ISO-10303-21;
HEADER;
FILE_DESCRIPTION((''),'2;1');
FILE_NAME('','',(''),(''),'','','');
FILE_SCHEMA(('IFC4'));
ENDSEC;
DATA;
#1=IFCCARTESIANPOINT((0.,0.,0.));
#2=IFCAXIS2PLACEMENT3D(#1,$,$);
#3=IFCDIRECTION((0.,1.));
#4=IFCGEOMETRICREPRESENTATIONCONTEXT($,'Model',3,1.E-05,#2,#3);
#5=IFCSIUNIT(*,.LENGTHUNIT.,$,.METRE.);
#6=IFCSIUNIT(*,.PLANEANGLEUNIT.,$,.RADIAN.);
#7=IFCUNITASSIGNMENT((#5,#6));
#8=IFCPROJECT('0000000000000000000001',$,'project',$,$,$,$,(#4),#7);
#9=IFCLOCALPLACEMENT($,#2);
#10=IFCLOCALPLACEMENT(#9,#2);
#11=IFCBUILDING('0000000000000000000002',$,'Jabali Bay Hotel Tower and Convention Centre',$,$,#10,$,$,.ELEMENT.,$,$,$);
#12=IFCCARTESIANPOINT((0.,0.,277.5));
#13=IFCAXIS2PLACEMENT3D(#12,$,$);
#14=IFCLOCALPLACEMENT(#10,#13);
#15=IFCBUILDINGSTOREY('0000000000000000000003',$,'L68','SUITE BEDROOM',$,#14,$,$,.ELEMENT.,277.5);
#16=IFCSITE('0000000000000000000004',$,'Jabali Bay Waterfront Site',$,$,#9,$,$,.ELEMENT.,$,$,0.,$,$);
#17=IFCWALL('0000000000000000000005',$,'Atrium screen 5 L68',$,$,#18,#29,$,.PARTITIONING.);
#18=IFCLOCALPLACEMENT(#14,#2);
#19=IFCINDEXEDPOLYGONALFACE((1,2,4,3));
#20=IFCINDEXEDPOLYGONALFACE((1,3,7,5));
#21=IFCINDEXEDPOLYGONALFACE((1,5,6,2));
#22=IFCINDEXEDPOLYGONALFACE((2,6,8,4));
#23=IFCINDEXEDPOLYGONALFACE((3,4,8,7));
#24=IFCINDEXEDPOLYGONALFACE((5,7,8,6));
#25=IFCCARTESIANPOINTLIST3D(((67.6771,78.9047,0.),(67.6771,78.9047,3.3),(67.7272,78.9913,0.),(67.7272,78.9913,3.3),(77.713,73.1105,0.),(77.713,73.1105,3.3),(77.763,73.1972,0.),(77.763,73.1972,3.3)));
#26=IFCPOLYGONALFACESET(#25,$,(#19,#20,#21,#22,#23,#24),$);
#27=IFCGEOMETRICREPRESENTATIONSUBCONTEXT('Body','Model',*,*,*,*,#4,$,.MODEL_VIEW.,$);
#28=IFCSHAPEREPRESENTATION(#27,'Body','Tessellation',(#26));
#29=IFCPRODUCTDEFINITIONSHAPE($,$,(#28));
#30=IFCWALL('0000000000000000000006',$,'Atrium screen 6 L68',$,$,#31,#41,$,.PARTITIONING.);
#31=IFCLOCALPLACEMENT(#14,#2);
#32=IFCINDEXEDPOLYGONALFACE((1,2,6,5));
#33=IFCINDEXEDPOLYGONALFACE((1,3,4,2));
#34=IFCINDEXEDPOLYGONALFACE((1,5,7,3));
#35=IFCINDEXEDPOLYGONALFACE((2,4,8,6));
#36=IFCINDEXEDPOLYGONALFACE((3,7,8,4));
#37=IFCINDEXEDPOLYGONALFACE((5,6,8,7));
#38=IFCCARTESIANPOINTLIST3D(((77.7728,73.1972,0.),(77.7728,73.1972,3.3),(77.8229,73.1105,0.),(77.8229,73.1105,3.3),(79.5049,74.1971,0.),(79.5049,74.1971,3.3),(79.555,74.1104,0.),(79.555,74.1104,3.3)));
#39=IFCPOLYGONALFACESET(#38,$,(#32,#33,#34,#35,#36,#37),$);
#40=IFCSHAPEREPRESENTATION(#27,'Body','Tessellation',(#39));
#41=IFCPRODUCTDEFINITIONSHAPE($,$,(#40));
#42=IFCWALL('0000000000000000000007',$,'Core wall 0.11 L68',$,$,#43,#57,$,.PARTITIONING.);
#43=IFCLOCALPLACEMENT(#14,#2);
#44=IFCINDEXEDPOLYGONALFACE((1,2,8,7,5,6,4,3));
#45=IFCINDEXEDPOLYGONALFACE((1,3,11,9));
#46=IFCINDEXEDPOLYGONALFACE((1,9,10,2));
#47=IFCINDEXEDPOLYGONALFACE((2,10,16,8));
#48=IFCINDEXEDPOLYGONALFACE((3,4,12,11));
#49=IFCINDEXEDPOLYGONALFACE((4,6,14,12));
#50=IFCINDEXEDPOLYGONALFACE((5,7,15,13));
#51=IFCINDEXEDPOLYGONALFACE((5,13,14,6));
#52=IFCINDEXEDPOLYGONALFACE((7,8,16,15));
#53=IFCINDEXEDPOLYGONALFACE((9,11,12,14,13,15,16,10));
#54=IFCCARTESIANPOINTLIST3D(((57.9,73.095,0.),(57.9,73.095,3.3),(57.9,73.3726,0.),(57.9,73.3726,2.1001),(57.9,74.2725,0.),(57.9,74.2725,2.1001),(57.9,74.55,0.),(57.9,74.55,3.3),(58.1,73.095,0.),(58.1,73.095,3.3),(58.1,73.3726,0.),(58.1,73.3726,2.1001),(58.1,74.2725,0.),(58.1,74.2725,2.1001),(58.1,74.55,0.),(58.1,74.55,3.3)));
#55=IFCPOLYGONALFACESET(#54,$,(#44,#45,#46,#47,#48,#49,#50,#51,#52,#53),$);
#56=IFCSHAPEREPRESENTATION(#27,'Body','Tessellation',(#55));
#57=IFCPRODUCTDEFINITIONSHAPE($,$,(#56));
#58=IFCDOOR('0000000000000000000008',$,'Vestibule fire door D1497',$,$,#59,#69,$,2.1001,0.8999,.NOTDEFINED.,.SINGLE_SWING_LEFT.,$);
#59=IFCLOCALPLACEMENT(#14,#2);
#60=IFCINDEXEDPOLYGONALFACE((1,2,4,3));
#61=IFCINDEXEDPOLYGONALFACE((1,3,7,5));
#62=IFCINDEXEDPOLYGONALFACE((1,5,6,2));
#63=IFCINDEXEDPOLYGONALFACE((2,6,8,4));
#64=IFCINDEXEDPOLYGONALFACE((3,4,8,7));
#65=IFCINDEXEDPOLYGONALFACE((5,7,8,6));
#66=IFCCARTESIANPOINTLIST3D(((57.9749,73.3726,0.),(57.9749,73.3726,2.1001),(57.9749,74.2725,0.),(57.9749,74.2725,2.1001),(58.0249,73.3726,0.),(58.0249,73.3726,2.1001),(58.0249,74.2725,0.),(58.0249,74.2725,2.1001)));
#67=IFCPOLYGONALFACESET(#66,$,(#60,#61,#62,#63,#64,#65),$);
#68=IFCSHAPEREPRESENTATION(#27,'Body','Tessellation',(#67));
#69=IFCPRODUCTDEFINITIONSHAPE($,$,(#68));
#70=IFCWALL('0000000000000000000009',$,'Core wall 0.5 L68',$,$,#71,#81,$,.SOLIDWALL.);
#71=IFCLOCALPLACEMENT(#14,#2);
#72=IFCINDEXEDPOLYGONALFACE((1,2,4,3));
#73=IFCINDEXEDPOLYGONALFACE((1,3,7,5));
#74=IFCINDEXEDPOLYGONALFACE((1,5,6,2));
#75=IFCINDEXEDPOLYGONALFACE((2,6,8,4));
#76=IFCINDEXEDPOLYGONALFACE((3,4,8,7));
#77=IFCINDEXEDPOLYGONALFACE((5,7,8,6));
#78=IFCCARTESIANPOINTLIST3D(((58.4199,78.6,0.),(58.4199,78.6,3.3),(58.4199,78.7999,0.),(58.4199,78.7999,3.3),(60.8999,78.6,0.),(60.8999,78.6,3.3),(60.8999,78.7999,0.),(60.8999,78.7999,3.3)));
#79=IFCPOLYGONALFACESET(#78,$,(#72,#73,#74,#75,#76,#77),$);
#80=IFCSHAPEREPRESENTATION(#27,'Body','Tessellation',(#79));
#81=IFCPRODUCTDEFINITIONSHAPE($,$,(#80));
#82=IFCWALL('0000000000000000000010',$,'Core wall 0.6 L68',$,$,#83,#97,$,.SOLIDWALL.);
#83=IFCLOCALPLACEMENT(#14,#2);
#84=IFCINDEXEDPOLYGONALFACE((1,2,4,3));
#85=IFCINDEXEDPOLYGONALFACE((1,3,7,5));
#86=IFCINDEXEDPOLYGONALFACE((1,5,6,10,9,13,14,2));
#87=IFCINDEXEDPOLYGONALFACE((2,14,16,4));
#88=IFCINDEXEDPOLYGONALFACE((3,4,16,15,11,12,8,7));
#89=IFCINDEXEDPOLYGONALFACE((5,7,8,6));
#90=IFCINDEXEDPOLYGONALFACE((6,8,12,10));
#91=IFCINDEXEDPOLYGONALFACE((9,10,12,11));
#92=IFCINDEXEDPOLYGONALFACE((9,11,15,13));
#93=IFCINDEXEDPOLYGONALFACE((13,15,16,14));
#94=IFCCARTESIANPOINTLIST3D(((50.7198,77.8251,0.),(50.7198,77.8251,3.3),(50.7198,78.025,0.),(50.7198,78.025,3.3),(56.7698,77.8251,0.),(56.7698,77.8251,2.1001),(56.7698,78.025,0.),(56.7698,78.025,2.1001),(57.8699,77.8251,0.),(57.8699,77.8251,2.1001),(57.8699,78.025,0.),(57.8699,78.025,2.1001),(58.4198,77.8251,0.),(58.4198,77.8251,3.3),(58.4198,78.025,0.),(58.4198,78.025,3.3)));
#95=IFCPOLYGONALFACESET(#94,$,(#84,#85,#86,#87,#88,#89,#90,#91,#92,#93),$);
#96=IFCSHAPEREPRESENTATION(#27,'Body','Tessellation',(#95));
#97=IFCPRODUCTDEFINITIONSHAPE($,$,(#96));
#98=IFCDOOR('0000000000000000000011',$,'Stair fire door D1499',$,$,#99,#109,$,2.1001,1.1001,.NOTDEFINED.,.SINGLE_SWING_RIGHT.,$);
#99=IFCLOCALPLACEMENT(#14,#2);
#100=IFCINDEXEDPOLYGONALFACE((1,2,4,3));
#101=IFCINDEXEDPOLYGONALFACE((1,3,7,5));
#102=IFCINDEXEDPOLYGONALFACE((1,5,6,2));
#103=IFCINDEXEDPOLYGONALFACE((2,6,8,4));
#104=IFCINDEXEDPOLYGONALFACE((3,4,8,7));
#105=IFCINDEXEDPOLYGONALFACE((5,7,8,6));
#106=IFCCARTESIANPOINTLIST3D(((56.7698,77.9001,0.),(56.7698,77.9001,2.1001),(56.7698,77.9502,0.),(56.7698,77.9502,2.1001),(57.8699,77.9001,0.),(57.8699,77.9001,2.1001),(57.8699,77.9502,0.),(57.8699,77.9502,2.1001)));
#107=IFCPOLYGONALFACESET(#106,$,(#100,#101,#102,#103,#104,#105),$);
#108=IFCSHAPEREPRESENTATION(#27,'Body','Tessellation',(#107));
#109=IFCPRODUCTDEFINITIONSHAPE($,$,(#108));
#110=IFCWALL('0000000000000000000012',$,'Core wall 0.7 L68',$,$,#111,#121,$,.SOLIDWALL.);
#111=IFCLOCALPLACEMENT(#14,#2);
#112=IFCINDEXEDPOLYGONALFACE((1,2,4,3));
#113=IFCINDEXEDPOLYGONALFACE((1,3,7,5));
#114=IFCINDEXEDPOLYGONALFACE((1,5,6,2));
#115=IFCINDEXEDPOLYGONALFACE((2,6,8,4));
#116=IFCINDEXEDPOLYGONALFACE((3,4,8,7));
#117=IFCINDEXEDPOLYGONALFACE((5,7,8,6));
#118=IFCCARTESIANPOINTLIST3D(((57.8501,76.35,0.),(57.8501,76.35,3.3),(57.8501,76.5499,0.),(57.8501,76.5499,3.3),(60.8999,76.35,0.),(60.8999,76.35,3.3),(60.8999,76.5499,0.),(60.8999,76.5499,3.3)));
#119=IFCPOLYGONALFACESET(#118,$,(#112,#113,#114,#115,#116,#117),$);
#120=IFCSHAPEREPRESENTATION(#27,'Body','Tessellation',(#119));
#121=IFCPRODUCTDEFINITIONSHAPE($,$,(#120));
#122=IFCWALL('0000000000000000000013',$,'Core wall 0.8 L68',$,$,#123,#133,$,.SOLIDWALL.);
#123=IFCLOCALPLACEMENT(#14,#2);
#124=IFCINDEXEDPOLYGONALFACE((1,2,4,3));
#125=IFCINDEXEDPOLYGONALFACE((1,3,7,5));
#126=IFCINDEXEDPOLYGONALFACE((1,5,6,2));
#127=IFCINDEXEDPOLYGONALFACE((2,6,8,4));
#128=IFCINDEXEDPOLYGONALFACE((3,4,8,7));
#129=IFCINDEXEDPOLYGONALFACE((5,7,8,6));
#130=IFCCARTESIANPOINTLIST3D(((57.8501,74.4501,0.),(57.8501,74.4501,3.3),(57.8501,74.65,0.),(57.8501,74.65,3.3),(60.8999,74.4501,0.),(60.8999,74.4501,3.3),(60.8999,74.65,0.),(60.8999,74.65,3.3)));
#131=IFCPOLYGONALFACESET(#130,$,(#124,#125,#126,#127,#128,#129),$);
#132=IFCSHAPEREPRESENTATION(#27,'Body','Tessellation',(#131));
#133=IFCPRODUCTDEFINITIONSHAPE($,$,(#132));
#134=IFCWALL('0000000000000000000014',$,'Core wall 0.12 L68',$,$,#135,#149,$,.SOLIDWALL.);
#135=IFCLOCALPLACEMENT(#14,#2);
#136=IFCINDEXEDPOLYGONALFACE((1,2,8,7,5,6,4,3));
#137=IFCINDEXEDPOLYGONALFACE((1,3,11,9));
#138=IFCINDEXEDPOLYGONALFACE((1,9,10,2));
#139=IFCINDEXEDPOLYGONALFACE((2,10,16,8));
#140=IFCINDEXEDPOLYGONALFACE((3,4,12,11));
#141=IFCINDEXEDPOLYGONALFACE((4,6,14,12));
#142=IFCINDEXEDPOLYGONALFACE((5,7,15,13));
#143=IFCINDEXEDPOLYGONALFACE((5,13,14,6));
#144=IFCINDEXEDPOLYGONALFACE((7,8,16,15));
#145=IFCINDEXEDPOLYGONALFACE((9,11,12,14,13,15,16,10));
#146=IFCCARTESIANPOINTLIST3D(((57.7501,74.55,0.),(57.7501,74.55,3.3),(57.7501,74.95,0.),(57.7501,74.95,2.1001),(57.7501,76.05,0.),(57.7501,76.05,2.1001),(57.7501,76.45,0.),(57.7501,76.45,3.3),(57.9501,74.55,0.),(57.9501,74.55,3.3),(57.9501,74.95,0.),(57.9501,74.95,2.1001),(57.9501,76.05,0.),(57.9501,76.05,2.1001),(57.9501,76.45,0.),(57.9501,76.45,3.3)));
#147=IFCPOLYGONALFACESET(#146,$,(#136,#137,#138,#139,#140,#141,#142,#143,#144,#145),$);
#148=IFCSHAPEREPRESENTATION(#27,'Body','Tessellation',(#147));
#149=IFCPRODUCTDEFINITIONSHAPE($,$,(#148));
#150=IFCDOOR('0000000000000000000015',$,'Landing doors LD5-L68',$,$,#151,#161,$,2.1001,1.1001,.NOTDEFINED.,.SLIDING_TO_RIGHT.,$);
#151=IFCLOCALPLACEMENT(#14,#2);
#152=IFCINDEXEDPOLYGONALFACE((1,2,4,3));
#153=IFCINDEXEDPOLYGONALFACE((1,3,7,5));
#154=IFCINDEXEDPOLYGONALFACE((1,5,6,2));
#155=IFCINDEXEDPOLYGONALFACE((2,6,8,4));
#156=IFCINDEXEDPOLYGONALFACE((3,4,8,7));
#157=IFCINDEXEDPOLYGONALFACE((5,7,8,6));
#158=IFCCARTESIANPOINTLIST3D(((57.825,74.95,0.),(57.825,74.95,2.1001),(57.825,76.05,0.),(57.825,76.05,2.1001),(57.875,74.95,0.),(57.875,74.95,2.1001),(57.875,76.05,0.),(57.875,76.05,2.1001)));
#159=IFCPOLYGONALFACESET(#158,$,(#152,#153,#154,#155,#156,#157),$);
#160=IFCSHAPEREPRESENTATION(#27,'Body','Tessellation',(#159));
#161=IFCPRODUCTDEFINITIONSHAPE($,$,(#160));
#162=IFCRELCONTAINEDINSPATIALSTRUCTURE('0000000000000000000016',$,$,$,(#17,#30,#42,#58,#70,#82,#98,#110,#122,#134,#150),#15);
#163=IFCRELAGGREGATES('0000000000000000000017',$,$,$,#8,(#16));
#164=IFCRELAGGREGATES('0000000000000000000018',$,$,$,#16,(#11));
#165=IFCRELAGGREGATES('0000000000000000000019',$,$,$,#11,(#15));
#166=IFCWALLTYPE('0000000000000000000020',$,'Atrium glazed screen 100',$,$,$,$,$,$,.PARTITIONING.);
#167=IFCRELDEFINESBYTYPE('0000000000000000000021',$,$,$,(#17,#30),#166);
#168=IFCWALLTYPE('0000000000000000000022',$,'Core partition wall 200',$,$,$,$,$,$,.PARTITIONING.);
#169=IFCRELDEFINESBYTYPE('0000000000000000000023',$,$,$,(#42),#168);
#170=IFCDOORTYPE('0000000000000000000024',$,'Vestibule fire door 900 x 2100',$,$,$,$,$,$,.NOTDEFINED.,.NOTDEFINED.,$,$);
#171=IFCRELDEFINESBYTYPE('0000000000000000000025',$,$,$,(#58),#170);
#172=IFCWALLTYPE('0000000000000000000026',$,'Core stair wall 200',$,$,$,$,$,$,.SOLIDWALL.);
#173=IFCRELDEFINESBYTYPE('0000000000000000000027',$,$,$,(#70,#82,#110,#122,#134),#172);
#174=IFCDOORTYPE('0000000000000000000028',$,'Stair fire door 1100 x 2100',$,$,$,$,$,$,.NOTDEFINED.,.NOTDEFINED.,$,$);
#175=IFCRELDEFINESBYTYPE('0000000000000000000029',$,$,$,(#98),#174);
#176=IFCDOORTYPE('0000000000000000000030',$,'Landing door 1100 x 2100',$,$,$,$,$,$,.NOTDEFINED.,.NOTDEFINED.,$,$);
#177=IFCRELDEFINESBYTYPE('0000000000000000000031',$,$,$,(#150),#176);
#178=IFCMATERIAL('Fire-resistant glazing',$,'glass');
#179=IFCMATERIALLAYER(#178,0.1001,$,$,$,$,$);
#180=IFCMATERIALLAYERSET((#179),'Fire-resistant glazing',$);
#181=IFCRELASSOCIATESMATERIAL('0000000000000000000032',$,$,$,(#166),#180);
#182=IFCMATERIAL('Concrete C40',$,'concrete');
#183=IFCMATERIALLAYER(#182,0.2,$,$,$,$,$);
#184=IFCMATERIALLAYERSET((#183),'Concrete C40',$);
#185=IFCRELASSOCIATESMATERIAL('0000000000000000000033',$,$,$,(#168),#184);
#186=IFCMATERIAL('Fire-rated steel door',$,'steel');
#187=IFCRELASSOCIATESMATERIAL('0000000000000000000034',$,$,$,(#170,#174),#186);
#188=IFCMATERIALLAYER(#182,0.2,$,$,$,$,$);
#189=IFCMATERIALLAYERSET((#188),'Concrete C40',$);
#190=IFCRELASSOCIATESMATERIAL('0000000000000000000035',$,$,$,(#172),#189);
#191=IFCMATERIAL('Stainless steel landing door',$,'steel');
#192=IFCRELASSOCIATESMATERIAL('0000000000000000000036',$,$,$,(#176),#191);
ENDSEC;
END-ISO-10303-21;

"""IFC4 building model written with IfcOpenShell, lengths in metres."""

from ifc_helpers import new_model, si_unit, direction, frame, frame_2d, origin, place, context, subcontext, project, spatial, rectangle, extrude, material, layer, layer_set, type_object, element, fill, save


model = new_model("IFC4")

# Units and contexts
model_context = context("Model", 3, precision=1e-05, world=origin(), true_north=direction((0.0, 1.0)))
body_context = subcontext(model_context, "Body", "Model", "MODEL_VIEW")
ifc_project = project(units=[si_unit("LENGTHUNIT", "METRE"), si_unit("PLANEANGLEUNIT", "RADIAN")], contexts=[model_context])

# Site, building, storey
site_placement = place(None, origin())
site = spatial("IfcSite", under=ifc_project, at=site_placement, Name="Jabali Bay Waterfront Site", CompositionType="ELEMENT", RefElevation=0.0)
building_placement = place(site_placement, origin())
building = spatial("IfcBuilding", under=site, at=building_placement, Name="Jabali Bay Hotel Tower and Convention Centre", CompositionType="ELEMENT")
storey_placement = place(building_placement, frame((0.0, 0.0, 277.5)))
storey = spatial("IfcBuildingStorey", under=building, at=storey_placement, Name="L68", Description="SUITE BEDROOM", CompositionType="ELEMENT", Elevation=277.5)

# Walls
ifc_material_1 = material(Name="Fire-resistant glazing", Category="glass")
ifc_layer_1 = layer(ifc_material_1, 0.1001)
ifc_layer_set_1 = layer_set([ifc_layer_1], Name="Fire-resistant glazing")
wall_type_1 = type_object("IfcWallType", Name="Atrium glazed screen 100", PredefinedType="PARTITIONING", material=ifc_layer_set_1)
wall_1_placement = place(storey_placement, frame((67.7021, 78.948, 0.0), z_axis=(0.0, 0.0, 1.0), x_axis=(0.866027, -0.499998, 0.0)))
element("IfcWall", 1, at=wall_1_placement, inside=storey, type_object=wall_type_1, Name="Atrium screen 5 L68", PredefinedType="PARTITIONING", context=body_context, shape_type="SweptSolid", body=[
    extrude(rectangle(XDim=11.5884, YDim=0.1001, at=frame_2d((5.7942, 0.0))), origin(), (0.0, 0.0, 1.0), 3.3),
])
wall_2_placement = place(storey_placement, frame((77.7979, 73.1538, 0.0), z_axis=(0.0, 0.0, 1.0), x_axis=(0.866041, 0.499973, 0.0)))
element("IfcWall", 2, at=wall_2_placement, inside=storey, type_object=wall_type_1, Name="Atrium screen 6 L68", PredefinedType="PARTITIONING", context=body_context, shape_type="SweptSolid", body=[
    extrude(rectangle(XDim=2.0, YDim=0.1001, at=frame_2d((1.0, 0.0))), origin(), (0.0, 0.0, 1.0), 3.3),
])

# Wall, opening, door
ifc_material_2 = material(Name="Concrete C40", Category="concrete")
ifc_layer_2 = layer(ifc_material_2, 0.2)
ifc_layer_set_2 = layer_set([ifc_layer_2], Name="Concrete C40")
wall_type_2 = type_object("IfcWallType", Name="Core partition wall 200", PredefinedType="PARTITIONING", material=ifc_layer_set_2)
wall_3_placement = place(storey_placement, frame((58.0, 74.55, 0.0), z_axis=(0.0, 0.0, 1.0), x_axis=(0.0, -1.0, 0.0)))
wall_3 = element("IfcWall", 3, at=wall_3_placement, inside=storey, type_object=wall_type_2, Name="Core wall 0.11 L68", PredefinedType="PARTITIONING", context=body_context, shape_type="SweptSolid", body=[
    extrude(rectangle(XDim=1.4551, YDim=0.2, at=frame_2d((0.7275, 0.0))), origin(), (0.0, 0.0, 1.0), 3.3),
])
opening_1_placement = place(wall_3_placement, frame((0.2776, 0.0, 0.0)))
opening_1 = element("IfcOpeningElement", 4, at=opening_1_placement, cuts=wall_3, PredefinedType="OPENING", context=body_context, shape_type="SweptSolid", body=[
    extrude(rectangle(XDim=0.8999, YDim=2.1001, at=frame_2d((0.45, 1.05))), frame((0.0, 0.1104, 0.0), z_axis=(0.0, -1.0, 0.0), x_axis=(1.0, 0.0, 0.0)), (0.0, 0.0, 1.0), 0.2209),
])
ifc_material_3 = material(Name="Fire-rated steel door", Category="steel")
door_type_1 = type_object("IfcDoorType", Name="Vestibule fire door 900 x 2100", OperationType="NOTDEFINED", PredefinedType="NOTDEFINED", material=ifc_material_3)
door_1_placement = place(opening_1_placement, origin())
door_1 = element("IfcDoor", 5, at=door_1_placement, inside=storey, type_object=door_type_1, Name="Vestibule fire door D1497", OperationType="SINGLE_SWING_LEFT", OverallHeight=2.1001, OverallWidth=0.8999, PredefinedType="NOTDEFINED", context=body_context, shape_type="SweptSolid", body=[
    extrude(rectangle(XDim=0.8999, YDim=2.1001, at=frame_2d((0.45, 1.05))), frame((0.0, 0.0249, 0.0), z_axis=(0.0, -1.0, 0.0), x_axis=(1.0, 0.0, 0.0)), (0.0, 0.0, 1.0), 0.05),
])
fill(opening_1, door_1)

# Wall
ifc_layer_3 = layer(ifc_material_2, 0.2)
ifc_layer_set_3 = layer_set([ifc_layer_3], Name="Concrete C40")
wall_type_3 = type_object("IfcWallType", Name="Core stair wall 200", PredefinedType="SOLIDWALL", material=ifc_layer_set_3)
wall_4_placement = place(storey_placement, frame((60.8999, 78.7, 0.0), z_axis=(0.0, 0.0, 1.0), x_axis=(-1.0, 0.0, 0.0)))
element("IfcWall", 6, at=wall_4_placement, inside=storey, type_object=wall_type_3, Name="Core wall 0.5 L68", PredefinedType="SOLIDWALL", context=body_context, shape_type="SweptSolid", body=[
    extrude(rectangle(XDim=2.48, YDim=0.2, at=frame_2d((1.24, 0.0))), origin(), (0.0, 0.0, 1.0), 3.3),
])

# Wall, opening, door
wall_5_placement = place(storey_placement, frame((58.4199, 77.925, 0.0), z_axis=(0.0, 0.0, 1.0), x_axis=(-1.0, 0.0, 0.0)))
wall_5 = element("IfcWall", 7, at=wall_5_placement, inside=storey, type_object=wall_type_3, Name="Core wall 0.6 L68", PredefinedType="SOLIDWALL", context=body_context, shape_type="SweptSolid", body=[
    extrude(rectangle(XDim=7.7, YDim=0.2, at=frame_2d((3.8501, 0.0))), origin(), (0.0, 0.0, 1.0), 3.3),
])
opening_2_placement = place(wall_5_placement, frame((0.55, 0.0, 0.0)))
opening_2 = element("IfcOpeningElement", 8, at=opening_2_placement, cuts=wall_5, PredefinedType="OPENING", context=body_context, shape_type="SweptSolid", body=[
    extrude(rectangle(XDim=1.1001, YDim=2.1001, at=frame_2d((0.55, 1.05))), frame((0.0, 0.1104, 0.0), z_axis=(0.0, -1.0, 0.0), x_axis=(1.0, 0.0, 0.0)), (0.0, 0.0, 1.0), 0.2209),
])
door_type_2 = type_object("IfcDoorType", Name="Stair fire door 1100 x 2100", OperationType="NOTDEFINED", PredefinedType="NOTDEFINED", material=ifc_material_3)
door_2_placement = place(opening_2_placement, origin())
door_2 = element("IfcDoor", 9, at=door_2_placement, inside=storey, type_object=door_type_2, Name="Stair fire door D1499", OperationType="SINGLE_SWING_RIGHT", OverallHeight=2.1001, OverallWidth=1.1001, PredefinedType="NOTDEFINED", context=body_context, shape_type="SweptSolid", body=[
    extrude(rectangle(XDim=1.1001, YDim=2.1001, at=frame_2d((0.55, 1.05))), frame((0.0, 0.0249, 0.0), z_axis=(0.0, -1.0, 0.0), x_axis=(1.0, 0.0, 0.0)), (0.0, 0.0, 1.0), 0.05),
])
fill(opening_2, door_2)

# Walls
for number, where, z_axis, x_axis, name in (
    (10, (60.8999, 76.45, 0.0), (0.0, 0.0, 1.0), (-1.0, 0.0, 0.0), "Core wall 0.7 L68"),
    (11, (60.8999, 74.55, 0.0), (0.0, 0.0, 1.0), (-1.0, 0.0, 0.0), "Core wall 0.8 L68"),
):
    element("IfcWall", number, at=place(storey_placement, frame(where, z_axis=z_axis, x_axis=x_axis)), inside=storey, type_object=wall_type_3, Name=name, PredefinedType="SOLIDWALL", context=body_context, shape_type="SweptSolid", body=[
        extrude(rectangle(XDim=3.0498, YDim=0.2, at=frame_2d((1.5249, 0.0))), origin(), (0.0, 0.0, 1.0), 3.3),
    ])

# Wall, opening, door
wall_6_placement = place(storey_placement, frame((57.8501, 76.45, 0.0), z_axis=(0.0, 0.0, 1.0), x_axis=(0.0, -1.0, 0.0)))
wall_6 = element("IfcWall", 12, at=wall_6_placement, inside=storey, type_object=wall_type_3, Name="Core wall 0.12 L68", PredefinedType="SOLIDWALL", context=body_context, shape_type="SweptSolid", body=[
    extrude(rectangle(XDim=1.8999, YDim=0.2, at=frame_2d((0.95, 0.0))), origin(), (0.0, 0.0, 1.0), 3.3),
])
opening_3_placement = place(wall_6_placement, frame((0.3999, 0.0, 0.0)))
opening_3 = element("IfcOpeningElement", 13, at=opening_3_placement, cuts=wall_6, PredefinedType="OPENING", context=body_context, shape_type="SweptSolid", body=[
    extrude(rectangle(XDim=1.1001, YDim=2.1001, at=frame_2d((0.55, 1.05))), frame((0.0, 0.1104, 0.0), z_axis=(0.0, -1.0, 0.0), x_axis=(1.0, 0.0, 0.0)), (0.0, 0.0, 1.0), 0.2209),
])
ifc_material_4 = material(Name="Stainless steel landing door", Category="steel")
door_type_3 = type_object("IfcDoorType", Name="Landing door 1100 x 2100", OperationType="NOTDEFINED", PredefinedType="NOTDEFINED", material=ifc_material_4)
door_3_placement = place(opening_3_placement, origin())
door_3 = element("IfcDoor", 14, at=door_3_placement, inside=storey, type_object=door_type_3, Name="Landing doors LD5-L68", OperationType="SLIDING_TO_RIGHT", OverallHeight=2.1001, OverallWidth=1.1001, PredefinedType="NOTDEFINED", context=body_context, shape_type="SweptSolid", body=[
    extrude(rectangle(XDim=1.1001, YDim=2.1001, at=frame_2d((0.55, 1.05))), frame((0.0, 0.0249, 0.0), z_axis=(0.0, -1.0, 0.0), x_axis=(1.0, 0.0, 0.0)), (0.0, 0.0, 1.0), 0.05),
])
fill(opening_3, door_3)

save(model, "model.ifc")
